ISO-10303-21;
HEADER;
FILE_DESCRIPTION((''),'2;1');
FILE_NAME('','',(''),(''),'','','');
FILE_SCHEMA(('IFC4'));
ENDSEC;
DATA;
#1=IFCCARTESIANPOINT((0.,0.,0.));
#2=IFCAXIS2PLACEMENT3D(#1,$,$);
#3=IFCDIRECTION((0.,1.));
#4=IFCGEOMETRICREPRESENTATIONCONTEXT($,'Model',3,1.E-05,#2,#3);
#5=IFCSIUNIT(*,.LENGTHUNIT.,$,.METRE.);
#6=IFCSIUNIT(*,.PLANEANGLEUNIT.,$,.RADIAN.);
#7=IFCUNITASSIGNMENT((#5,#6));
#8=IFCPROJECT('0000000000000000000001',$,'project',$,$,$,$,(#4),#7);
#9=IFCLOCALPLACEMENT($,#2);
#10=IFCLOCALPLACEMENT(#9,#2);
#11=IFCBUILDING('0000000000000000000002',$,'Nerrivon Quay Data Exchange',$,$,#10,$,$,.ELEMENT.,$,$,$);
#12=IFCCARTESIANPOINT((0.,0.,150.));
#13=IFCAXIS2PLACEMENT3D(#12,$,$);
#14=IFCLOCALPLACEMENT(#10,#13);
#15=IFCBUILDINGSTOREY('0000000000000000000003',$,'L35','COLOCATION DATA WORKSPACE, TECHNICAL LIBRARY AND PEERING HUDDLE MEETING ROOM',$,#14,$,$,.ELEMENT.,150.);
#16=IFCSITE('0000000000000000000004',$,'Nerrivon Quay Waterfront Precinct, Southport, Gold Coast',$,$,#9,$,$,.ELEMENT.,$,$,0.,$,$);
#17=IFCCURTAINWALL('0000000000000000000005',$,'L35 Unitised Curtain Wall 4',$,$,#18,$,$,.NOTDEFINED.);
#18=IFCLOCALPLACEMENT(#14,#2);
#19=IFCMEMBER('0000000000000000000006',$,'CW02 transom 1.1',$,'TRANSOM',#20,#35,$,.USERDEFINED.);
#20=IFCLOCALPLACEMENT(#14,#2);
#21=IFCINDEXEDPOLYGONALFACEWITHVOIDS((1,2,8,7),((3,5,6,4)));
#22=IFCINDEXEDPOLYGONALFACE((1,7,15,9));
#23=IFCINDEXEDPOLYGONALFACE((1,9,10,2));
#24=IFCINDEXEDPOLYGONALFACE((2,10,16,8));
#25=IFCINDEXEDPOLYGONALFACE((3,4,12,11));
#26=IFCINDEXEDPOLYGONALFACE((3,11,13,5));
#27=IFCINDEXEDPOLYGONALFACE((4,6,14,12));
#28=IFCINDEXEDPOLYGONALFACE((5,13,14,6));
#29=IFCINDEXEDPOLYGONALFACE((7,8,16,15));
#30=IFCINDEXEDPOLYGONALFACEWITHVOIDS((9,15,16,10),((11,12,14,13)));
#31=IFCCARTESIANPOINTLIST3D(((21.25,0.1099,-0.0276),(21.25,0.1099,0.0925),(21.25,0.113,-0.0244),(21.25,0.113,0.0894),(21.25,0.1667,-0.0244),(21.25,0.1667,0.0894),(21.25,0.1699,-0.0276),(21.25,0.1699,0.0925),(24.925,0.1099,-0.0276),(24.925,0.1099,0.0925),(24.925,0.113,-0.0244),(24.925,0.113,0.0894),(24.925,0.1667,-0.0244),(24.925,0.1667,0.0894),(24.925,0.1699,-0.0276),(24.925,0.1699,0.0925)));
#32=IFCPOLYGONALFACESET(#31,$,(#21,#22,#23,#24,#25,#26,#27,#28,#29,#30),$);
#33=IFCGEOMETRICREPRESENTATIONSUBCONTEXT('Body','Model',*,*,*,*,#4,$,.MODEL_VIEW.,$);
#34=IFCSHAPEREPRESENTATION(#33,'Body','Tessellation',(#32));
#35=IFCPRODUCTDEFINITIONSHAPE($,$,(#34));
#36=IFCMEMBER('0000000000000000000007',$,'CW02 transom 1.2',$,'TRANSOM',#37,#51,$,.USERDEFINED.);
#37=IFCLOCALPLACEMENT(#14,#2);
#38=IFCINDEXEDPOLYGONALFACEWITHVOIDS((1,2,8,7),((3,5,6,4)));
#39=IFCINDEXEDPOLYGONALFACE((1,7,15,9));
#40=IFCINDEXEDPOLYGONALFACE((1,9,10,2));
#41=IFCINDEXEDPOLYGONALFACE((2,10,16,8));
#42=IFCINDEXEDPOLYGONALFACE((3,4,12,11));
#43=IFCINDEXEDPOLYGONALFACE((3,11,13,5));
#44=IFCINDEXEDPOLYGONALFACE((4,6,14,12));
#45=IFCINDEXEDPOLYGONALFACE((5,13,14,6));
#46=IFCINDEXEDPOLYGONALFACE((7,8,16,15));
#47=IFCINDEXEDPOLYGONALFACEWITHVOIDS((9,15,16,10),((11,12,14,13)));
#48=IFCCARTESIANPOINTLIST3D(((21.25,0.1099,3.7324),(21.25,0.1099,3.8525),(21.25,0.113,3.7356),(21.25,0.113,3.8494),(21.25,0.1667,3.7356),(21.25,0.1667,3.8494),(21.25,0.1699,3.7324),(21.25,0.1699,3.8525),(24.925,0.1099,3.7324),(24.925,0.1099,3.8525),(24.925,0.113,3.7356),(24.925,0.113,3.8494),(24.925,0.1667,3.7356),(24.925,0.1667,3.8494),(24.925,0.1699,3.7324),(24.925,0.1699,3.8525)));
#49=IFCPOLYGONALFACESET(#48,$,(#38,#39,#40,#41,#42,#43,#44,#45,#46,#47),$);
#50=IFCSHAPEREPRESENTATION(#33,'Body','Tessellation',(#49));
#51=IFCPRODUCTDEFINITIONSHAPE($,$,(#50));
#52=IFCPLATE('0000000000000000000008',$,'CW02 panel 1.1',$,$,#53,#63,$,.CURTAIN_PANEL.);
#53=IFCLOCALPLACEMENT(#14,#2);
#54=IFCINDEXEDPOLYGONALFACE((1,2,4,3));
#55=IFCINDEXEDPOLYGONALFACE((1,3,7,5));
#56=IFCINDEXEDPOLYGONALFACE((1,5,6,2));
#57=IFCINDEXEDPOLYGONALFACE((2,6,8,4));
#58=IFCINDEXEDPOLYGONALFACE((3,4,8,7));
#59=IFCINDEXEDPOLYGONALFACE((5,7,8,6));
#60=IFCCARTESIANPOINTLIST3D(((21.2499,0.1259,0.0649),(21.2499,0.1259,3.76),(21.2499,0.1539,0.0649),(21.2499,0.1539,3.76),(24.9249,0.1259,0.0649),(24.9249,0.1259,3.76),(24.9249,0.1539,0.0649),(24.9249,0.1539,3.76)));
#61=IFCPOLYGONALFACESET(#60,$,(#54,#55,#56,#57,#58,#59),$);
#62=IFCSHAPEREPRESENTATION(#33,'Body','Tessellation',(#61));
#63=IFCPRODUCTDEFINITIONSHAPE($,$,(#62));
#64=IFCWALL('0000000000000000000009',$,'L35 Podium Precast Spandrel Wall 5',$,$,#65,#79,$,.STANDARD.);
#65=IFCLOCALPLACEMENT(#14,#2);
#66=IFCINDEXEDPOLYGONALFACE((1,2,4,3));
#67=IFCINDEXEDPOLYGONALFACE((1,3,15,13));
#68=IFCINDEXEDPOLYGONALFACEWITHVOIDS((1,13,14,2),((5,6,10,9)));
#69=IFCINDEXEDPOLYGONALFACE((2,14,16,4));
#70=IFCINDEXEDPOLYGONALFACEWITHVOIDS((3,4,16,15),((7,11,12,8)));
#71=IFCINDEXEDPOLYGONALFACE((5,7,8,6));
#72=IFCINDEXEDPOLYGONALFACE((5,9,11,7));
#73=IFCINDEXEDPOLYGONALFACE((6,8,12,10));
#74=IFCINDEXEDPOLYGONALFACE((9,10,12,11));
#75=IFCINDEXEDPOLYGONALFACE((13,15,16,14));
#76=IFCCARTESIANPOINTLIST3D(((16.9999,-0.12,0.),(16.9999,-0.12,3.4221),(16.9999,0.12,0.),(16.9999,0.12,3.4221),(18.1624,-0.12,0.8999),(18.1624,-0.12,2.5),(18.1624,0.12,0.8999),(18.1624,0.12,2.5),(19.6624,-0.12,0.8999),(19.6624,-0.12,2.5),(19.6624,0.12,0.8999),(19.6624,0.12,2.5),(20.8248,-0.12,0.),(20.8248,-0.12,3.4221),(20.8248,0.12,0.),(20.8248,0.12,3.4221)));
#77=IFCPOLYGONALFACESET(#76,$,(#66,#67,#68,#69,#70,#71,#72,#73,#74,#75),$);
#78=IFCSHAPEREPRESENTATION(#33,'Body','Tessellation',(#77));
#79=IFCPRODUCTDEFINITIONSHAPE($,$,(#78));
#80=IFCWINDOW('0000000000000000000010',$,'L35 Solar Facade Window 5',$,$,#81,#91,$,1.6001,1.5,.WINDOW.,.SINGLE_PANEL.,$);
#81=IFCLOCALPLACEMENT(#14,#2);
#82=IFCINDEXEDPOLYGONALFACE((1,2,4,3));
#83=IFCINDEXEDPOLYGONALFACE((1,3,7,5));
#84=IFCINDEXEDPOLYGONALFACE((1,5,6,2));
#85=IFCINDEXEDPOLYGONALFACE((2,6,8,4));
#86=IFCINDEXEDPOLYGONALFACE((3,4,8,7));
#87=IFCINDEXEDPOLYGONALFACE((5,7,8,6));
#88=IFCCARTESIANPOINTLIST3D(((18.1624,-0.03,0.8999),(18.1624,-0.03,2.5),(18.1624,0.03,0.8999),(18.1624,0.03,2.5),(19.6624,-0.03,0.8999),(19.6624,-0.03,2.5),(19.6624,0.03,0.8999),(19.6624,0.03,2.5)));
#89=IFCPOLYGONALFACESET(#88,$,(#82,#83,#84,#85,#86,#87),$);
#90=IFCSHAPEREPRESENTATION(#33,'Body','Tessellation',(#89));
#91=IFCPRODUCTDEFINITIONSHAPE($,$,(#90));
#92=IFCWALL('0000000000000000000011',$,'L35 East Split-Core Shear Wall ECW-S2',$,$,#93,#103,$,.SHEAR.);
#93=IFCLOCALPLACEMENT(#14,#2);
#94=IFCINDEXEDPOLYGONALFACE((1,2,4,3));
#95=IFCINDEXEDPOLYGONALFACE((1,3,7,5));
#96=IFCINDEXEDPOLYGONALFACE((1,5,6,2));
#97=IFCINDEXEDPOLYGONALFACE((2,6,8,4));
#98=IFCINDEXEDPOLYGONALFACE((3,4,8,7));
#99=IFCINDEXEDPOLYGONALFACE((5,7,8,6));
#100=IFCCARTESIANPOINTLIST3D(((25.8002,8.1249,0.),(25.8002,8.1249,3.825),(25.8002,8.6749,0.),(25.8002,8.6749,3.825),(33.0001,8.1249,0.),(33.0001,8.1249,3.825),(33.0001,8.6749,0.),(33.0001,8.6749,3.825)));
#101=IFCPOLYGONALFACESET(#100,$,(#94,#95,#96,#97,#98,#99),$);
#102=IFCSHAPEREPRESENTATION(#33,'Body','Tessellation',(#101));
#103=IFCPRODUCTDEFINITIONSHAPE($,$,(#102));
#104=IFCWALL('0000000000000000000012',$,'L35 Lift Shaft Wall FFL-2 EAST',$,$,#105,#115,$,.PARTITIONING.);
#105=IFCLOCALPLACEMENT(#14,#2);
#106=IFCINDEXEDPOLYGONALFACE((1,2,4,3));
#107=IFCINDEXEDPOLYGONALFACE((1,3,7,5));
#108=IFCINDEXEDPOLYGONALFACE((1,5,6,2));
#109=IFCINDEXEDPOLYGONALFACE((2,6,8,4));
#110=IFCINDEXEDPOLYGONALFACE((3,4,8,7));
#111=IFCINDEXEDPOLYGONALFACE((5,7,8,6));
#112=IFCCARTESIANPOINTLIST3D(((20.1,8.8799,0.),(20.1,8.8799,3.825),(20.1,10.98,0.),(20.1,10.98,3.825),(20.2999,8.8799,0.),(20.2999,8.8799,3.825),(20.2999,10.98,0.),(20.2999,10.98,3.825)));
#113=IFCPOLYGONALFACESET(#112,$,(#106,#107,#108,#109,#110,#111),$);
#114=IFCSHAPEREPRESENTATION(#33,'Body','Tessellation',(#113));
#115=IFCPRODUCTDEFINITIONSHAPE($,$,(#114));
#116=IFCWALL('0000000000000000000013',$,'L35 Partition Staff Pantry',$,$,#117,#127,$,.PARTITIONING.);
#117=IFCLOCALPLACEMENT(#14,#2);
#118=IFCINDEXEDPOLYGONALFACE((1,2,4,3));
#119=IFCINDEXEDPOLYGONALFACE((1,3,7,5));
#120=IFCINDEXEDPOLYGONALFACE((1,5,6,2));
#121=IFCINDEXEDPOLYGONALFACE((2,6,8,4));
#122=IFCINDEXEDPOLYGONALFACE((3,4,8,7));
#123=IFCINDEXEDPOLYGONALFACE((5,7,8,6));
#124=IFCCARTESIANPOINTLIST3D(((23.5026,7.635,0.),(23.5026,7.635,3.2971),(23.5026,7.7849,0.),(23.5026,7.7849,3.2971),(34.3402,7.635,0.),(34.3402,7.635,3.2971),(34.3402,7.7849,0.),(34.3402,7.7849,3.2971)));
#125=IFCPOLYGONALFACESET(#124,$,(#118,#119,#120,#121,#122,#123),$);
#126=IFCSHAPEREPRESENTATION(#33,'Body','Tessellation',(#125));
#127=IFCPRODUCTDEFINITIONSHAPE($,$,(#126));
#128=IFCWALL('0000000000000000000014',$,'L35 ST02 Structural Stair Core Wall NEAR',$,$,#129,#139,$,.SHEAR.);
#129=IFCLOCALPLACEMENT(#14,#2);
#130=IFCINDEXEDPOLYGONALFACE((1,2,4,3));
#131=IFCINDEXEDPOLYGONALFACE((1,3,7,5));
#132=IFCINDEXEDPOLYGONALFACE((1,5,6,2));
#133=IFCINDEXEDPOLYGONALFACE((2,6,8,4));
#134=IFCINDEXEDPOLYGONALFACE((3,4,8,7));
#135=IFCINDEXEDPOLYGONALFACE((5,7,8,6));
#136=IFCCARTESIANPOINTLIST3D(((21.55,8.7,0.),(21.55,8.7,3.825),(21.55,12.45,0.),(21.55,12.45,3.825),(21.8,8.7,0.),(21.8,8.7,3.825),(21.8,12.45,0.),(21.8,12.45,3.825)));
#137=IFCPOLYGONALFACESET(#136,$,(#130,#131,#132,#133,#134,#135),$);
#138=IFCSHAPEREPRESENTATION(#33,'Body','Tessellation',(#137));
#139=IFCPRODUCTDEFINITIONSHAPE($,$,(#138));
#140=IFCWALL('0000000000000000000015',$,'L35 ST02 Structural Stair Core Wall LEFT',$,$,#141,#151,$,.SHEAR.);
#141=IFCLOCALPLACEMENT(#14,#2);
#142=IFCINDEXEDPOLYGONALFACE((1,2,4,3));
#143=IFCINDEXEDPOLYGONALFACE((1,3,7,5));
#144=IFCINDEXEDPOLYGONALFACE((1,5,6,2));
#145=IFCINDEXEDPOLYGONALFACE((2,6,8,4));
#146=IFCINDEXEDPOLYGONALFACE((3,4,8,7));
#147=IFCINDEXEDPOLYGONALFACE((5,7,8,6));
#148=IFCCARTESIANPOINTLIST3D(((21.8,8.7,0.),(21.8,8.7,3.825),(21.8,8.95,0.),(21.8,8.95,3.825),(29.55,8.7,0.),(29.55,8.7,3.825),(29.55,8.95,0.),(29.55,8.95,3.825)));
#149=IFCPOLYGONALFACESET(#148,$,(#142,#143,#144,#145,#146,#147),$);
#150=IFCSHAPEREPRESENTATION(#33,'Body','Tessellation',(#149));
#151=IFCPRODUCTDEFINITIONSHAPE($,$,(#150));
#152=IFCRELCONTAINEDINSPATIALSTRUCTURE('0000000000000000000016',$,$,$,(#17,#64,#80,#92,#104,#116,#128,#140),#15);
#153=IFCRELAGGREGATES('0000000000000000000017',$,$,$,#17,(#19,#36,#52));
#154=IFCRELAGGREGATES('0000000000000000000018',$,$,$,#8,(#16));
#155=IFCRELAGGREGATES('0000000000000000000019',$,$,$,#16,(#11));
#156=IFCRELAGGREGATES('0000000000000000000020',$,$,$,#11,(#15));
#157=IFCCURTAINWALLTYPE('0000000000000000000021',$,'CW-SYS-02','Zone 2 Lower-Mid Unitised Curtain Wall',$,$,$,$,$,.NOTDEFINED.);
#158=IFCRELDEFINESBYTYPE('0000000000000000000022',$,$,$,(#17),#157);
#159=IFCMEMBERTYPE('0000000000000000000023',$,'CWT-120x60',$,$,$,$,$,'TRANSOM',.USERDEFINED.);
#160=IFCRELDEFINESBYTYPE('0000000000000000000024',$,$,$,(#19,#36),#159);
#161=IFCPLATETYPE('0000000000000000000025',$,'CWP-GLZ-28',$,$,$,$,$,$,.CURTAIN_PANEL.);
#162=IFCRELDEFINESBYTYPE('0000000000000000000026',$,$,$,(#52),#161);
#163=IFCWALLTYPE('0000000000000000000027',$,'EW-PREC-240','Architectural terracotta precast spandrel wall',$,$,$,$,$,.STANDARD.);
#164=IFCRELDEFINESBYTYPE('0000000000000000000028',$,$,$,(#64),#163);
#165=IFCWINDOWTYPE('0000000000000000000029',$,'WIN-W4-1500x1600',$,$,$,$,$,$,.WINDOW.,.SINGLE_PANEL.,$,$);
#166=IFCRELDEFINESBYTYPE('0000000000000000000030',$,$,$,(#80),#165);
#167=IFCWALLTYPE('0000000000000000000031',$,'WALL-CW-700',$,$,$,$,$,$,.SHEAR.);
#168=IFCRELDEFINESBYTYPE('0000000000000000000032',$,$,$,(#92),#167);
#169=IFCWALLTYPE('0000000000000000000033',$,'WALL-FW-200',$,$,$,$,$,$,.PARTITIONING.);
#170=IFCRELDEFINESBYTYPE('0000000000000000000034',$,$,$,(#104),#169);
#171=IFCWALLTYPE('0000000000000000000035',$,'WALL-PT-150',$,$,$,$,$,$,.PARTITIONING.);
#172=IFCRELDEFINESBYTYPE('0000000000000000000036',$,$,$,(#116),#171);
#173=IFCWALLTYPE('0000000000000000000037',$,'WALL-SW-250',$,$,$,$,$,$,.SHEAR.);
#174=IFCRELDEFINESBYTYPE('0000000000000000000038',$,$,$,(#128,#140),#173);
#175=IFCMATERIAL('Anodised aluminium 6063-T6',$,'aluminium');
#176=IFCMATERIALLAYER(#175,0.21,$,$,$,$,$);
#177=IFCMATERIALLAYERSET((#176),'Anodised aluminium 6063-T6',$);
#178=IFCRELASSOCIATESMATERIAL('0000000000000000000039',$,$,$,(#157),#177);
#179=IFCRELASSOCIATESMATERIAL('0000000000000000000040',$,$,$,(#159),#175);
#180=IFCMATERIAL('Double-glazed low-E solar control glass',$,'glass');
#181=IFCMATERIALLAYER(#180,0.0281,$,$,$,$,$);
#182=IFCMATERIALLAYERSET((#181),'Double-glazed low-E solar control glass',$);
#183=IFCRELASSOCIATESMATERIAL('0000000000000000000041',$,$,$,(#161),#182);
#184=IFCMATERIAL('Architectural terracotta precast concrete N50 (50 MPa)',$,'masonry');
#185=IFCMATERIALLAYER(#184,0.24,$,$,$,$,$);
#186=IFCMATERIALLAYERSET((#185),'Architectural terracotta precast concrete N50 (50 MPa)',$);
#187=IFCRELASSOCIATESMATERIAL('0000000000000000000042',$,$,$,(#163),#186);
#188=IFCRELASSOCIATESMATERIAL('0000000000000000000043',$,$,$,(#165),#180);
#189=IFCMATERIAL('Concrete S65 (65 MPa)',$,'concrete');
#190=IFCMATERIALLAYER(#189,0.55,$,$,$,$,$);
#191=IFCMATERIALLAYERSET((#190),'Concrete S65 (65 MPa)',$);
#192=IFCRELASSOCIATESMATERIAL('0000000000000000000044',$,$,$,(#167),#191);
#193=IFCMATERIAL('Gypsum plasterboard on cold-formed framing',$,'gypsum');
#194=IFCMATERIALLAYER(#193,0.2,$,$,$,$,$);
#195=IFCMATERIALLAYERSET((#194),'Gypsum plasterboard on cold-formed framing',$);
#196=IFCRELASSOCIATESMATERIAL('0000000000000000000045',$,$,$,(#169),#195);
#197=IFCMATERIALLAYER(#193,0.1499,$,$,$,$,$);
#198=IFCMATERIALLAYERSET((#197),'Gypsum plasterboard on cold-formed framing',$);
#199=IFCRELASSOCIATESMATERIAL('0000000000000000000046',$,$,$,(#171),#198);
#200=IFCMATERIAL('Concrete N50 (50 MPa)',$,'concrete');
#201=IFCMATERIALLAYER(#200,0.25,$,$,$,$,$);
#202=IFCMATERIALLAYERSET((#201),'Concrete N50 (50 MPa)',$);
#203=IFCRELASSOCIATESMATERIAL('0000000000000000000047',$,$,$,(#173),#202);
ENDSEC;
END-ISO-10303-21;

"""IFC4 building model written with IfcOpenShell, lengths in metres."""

from ifc_helpers import new_model, si_unit, direction, frame, frame_2d, origin, origin_2d, place, context, subcontext, project, spatial, rectangle, hollow_rectangle, extrude, material, layer, layer_set, material_profile, profile_set, type_object, element, fill, aggregate, save


model = new_model("IFC4")

# Units and contexts
model_context = context("Model", 3, precision=1e-05, world=origin(), true_north=direction((0.0, 1.0)))
body_context = subcontext(model_context, "Body", "Model", "MODEL_VIEW")
ifc_project = project(units=[si_unit("LENGTHUNIT", "METRE"), si_unit("PLANEANGLEUNIT", "RADIAN")], contexts=[model_context])

# Site, building, storey
site_placement = place(None, origin())
site = spatial("IfcSite", under=ifc_project, at=site_placement, Name="Nerrivon Quay Waterfront Precinct, Southport, Gold Coast", CompositionType="ELEMENT", RefElevation=0.0)
building_placement = place(site_placement, origin())
building = spatial("IfcBuilding", under=site, at=building_placement, Name="Nerrivon Quay Data Exchange", CompositionType="ELEMENT")
storey_placement = place(building_placement, frame((0.0, 0.0, 150.0)))
storey = spatial("IfcBuildingStorey", under=building, at=storey_placement, Name="L35", Description="COLOCATION DATA WORKSPACE, TECHNICAL LIBRARY AND PEERING HUDDLE MEETING ROOM", CompositionType="ELEMENT", Elevation=150.0)

# Shared definitions
ifc_material_1 = material(Name="Concrete S65 (65 MPa)", Category="concrete")
ifc_material_2 = material(Name="Concrete N50 (50 MPa)", Category="concrete")

# Curtain wall, members, plate
ifc_material_3 = material(Name="Anodised aluminium 6063-T6", Category="aluminium")
ifc_layer_1 = layer(ifc_material_3, 0.21)
ifc_layer_set_1 = layer_set([ifc_layer_1], Name="Anodised aluminium 6063-T6")
curtain_wall_type = type_object("IfcCurtainWallType", Name="CW-SYS-02", Description="Zone 2 Lower-Mid Unitised Curtain Wall", PredefinedType="NOTDEFINED", material=ifc_layer_set_1)
curtain_wall_placement = place(storey_placement, origin())
curtain_wall = element("IfcCurtainWall", 1, at=curtain_wall_placement, inside=storey, type_object=curtain_wall_type, Name="L35 Unitised Curtain Wall 4", PredefinedType="NOTDEFINED")
ifc_material_profile_1 = material_profile(ifc_material_3, hollow_rectangle(XDim=0.0601, YDim=0.1201, WallThickness=0.0032, at=origin_2d()), Name="ALU-TRAN-120x60")
ifc_profile_set_1 = profile_set([ifc_material_profile_1], Name="Anodised aluminium 6063-T6")
member_type_1 = type_object("IfcMemberType", Name="CWT-120x60", ElementType="TRANSOM", PredefinedType="USERDEFINED", material=ifc_profile_set_1)
member_1_placement = place(storey_placement, frame((24.925, 0.1399, 0.0325), z_axis=(-1.0, 0.0, 0.0), x_axis=(0.0, -1.0, 0.0)))
member_1 = element("IfcMember", 2, at=member_1_placement, type_object=member_type_1, Name="CW02 transom 1.1", ObjectType="TRANSOM", PredefinedType="USERDEFINED", context=body_context, shape_type="SweptSolid", body=[
    extrude(hollow_rectangle(XDim=0.0601, YDim=0.1201, WallThickness=0.0032, at=origin_2d()), origin(), (0.0, 0.0, 1.0), 3.675),
])
member_2_placement = place(storey_placement, frame((24.925, 0.1399, 3.7925), z_axis=(-1.0, 0.0, 0.0), x_axis=(0.0, -1.0, 0.0)))
member_2 = element("IfcMember", 3, at=member_2_placement, type_object=member_type_1, Name="CW02 transom 1.2", ObjectType="TRANSOM", PredefinedType="USERDEFINED", context=body_context, shape_type="SweptSolid", body=[
    extrude(hollow_rectangle(XDim=0.0601, YDim=0.1201, WallThickness=0.0032, at=origin_2d()), origin(), (0.0, 0.0, 1.0), 3.675),
])
ifc_material_4 = material(Name="Double-glazed low-E solar control glass", Category="glass")
ifc_layer_2 = layer(ifc_material_4, 0.0281)
ifc_layer_set_2 = layer_set([ifc_layer_2], Name="Double-glazed low-E solar control glass")
plate_type = type_object("IfcPlateType", Name="CWP-GLZ-28", PredefinedType="CURTAIN_PANEL", material=ifc_layer_set_2)
plate_placement = place(storey_placement, frame((23.0874, 0.1399, 0.0649), z_axis=(0.0, 0.0, 1.0), x_axis=(-1.0, 0.0, 0.0)))
plate = element("IfcPlate", 4, at=plate_placement, type_object=plate_type, Name="CW02 panel 1.1", PredefinedType="CURTAIN_PANEL", context=body_context, shape_type="SweptSolid", body=[
    extrude(rectangle(XDim=3.675, YDim=0.0281, at=origin_2d()), origin(), (0.0, 0.0, 1.0), 3.6951),
])
aggregate(curtain_wall, [member_1, member_2, plate])

# Wall, opening, window
ifc_material_5 = material(Name="Architectural terracotta precast concrete N50 (50 MPa)", Category="masonry")
ifc_layer_3 = layer(ifc_material_5, 0.24)
ifc_layer_set_3 = layer_set([ifc_layer_3], Name="Architectural terracotta precast concrete N50 (50 MPa)")
wall_type_1 = type_object("IfcWallType", Name="EW-PREC-240", Description="Architectural terracotta precast spandrel wall", PredefinedType="STANDARD", material=ifc_layer_set_3)
wall_1_placement = place(storey_placement, frame((20.825, 0.0, 0.0), z_axis=(0.0, 0.0, 1.0), x_axis=(-1.0, 0.0, 0.0)))
wall_1 = element("IfcWall", 5, at=wall_1_placement, inside=storey, type_object=wall_type_1, Name="L35 Podium Precast Spandrel Wall 5", PredefinedType="STANDARD", context=body_context, shape_type="SweptSolid", body=[
    extrude(rectangle(XDim=3.825, YDim=0.24, at=frame_2d((1.9126, 0.0))), origin(), (0.0, 0.0, 1.0), 3.4221),
])
opening_placement = place(wall_1_placement, frame((1.1626, 0.0, 0.8999)))
opening = element("IfcOpeningElement", 6, at=opening_placement, cuts=wall_1, PredefinedType="OPENING", context=body_context, shape_type="SweptSolid", body=[
    extrude(rectangle(XDim=1.5, YDim=1.6001, at=frame_2d((0.75, 0.8))), frame((0.0, 0.1299, 0.0), z_axis=(0.0, -1.0, 0.0), x_axis=(1.0, 0.0, 0.0)), (0.0, 0.0, 1.0), 0.26),
])
window_type = type_object("IfcWindowType", Name="WIN-W4-1500x1600", PartitioningType="SINGLE_PANEL", PredefinedType="WINDOW", material=ifc_material_4)
window_placement = place(opening_placement, origin())
window = element("IfcWindow", 7, at=window_placement, inside=storey, type_object=window_type, Name="L35 Solar Facade Window 5", OverallHeight=1.6001, OverallWidth=1.5, PartitioningType="SINGLE_PANEL", PredefinedType="WINDOW", context=body_context, shape_type="SweptSolid", body=[
    extrude(rectangle(XDim=1.5, YDim=1.6001, at=frame_2d((0.75, 0.8))), frame((0.0, 0.03, 0.0), z_axis=(0.0, -1.0, 0.0), x_axis=(1.0, 0.0, 0.0)), (0.0, 0.0, 1.0), 0.0601),
])
fill(opening, window)

# Walls
ifc_layer_4 = layer(ifc_material_1, 0.55)
ifc_layer_set_4 = layer_set([ifc_layer_4], Name="Concrete S65 (65 MPa)")
wall_type_2 = type_object("IfcWallType", Name="WALL-CW-700", PredefinedType="SHEAR", material=ifc_layer_set_4)
wall_2_placement = place(storey_placement, frame((25.8, 8.3999, 0.0), z_axis=(0.0, 0.0, 1.0), x_axis=(1.0, 0.0, 0.0)))
element("IfcWall", 8, at=wall_2_placement, inside=storey, type_object=wall_type_2, Name="L35 East Split-Core Shear Wall ECW-S2", PredefinedType="SHEAR", context=body_context, shape_type="SweptSolid", body=[
    extrude(rectangle(XDim=7.2, YDim=0.55, at=frame_2d((3.6001, 0.0))), origin(), (0.0, 0.0, 1.0), 3.825),
])
ifc_material_6 = material(Name="Gypsum plasterboard on cold-formed framing", Category="gypsum")
ifc_layer_5 = layer(ifc_material_6, 0.2)
ifc_layer_set_5 = layer_set([ifc_layer_5], Name="Gypsum plasterboard on cold-formed framing")
wall_type_3 = type_object("IfcWallType", Name="WALL-FW-200", PredefinedType="PARTITIONING", material=ifc_layer_set_5)
wall_3_placement = place(storey_placement, frame((20.2, 8.8799, 0.0), z_axis=(0.0, 0.0, 1.0), x_axis=(0.0, 1.0, 0.0)))
element("IfcWall", 9, at=wall_3_placement, inside=storey, type_object=wall_type_3, Name="L35 Lift Shaft Wall FFL-2 EAST", PredefinedType="PARTITIONING", context=body_context, shape_type="SweptSolid", body=[
    extrude(rectangle(XDim=2.1001, YDim=0.2, at=frame_2d((1.05, 0.0))), origin(), (0.0, 0.0, 1.0), 3.825),
])
ifc_layer_6 = layer(ifc_material_6, 0.1499)
ifc_layer_set_6 = layer_set([ifc_layer_6], Name="Gypsum plasterboard on cold-formed framing")
wall_type_4 = type_object("IfcWallType", Name="WALL-PT-150", PredefinedType="PARTITIONING", material=ifc_layer_set_6)
wall_4_placement = place(storey_placement, frame((23.5024, 7.71, 0.0), z_axis=(0.0, 0.0, 1.0), x_axis=(1.0, 0.0, 0.0)))
element("IfcWall", 10, at=wall_4_placement, inside=storey, type_object=wall_type_4, Name="L35 Partition Staff Pantry", PredefinedType="PARTITIONING", context=body_context, shape_type="SweptSolid", body=[
    extrude(rectangle(XDim=10.8376, YDim=0.1499, at=frame_2d((5.4189, 0.0))), origin(), (0.0, 0.0, 1.0), 3.2971),
])
ifc_layer_7 = layer(ifc_material_2, 0.25)
ifc_layer_set_7 = layer_set([ifc_layer_7], Name="Concrete N50 (50 MPa)")
wall_type_5 = type_object("IfcWallType", Name="WALL-SW-250", PredefinedType="SHEAR", material=ifc_layer_set_7)
wall_5_placement = place(storey_placement, frame((21.675, 8.7, 0.0), z_axis=(0.0, 0.0, 1.0), x_axis=(0.0, 1.0, 0.0)))
element("IfcWall", 11, at=wall_5_placement, inside=storey, type_object=wall_type_5, Name="L35 ST02 Structural Stair Core Wall NEAR", PredefinedType="SHEAR", context=body_context, shape_type="SweptSolid", body=[
    extrude(rectangle(XDim=3.75, YDim=0.25, at=frame_2d((1.875, 0.0))), origin(), (0.0, 0.0, 1.0), 3.825),
])
wall_6_placement = place(storey_placement, frame((21.8, 8.825, 0.0), z_axis=(0.0, 0.0, 1.0), x_axis=(1.0, 0.0, 0.0)))
element("IfcWall", 12, at=wall_6_placement, inside=storey, type_object=wall_type_5, Name="L35 ST02 Structural Stair Core Wall LEFT", PredefinedType="SHEAR", context=body_context, shape_type="SweptSolid", body=[
    extrude(rectangle(XDim=7.75, YDim=0.25, at=frame_2d((3.875, 0.0))), origin(), (0.0, 0.0, 1.0), 3.825),
])

save(model, "model.ifc")
